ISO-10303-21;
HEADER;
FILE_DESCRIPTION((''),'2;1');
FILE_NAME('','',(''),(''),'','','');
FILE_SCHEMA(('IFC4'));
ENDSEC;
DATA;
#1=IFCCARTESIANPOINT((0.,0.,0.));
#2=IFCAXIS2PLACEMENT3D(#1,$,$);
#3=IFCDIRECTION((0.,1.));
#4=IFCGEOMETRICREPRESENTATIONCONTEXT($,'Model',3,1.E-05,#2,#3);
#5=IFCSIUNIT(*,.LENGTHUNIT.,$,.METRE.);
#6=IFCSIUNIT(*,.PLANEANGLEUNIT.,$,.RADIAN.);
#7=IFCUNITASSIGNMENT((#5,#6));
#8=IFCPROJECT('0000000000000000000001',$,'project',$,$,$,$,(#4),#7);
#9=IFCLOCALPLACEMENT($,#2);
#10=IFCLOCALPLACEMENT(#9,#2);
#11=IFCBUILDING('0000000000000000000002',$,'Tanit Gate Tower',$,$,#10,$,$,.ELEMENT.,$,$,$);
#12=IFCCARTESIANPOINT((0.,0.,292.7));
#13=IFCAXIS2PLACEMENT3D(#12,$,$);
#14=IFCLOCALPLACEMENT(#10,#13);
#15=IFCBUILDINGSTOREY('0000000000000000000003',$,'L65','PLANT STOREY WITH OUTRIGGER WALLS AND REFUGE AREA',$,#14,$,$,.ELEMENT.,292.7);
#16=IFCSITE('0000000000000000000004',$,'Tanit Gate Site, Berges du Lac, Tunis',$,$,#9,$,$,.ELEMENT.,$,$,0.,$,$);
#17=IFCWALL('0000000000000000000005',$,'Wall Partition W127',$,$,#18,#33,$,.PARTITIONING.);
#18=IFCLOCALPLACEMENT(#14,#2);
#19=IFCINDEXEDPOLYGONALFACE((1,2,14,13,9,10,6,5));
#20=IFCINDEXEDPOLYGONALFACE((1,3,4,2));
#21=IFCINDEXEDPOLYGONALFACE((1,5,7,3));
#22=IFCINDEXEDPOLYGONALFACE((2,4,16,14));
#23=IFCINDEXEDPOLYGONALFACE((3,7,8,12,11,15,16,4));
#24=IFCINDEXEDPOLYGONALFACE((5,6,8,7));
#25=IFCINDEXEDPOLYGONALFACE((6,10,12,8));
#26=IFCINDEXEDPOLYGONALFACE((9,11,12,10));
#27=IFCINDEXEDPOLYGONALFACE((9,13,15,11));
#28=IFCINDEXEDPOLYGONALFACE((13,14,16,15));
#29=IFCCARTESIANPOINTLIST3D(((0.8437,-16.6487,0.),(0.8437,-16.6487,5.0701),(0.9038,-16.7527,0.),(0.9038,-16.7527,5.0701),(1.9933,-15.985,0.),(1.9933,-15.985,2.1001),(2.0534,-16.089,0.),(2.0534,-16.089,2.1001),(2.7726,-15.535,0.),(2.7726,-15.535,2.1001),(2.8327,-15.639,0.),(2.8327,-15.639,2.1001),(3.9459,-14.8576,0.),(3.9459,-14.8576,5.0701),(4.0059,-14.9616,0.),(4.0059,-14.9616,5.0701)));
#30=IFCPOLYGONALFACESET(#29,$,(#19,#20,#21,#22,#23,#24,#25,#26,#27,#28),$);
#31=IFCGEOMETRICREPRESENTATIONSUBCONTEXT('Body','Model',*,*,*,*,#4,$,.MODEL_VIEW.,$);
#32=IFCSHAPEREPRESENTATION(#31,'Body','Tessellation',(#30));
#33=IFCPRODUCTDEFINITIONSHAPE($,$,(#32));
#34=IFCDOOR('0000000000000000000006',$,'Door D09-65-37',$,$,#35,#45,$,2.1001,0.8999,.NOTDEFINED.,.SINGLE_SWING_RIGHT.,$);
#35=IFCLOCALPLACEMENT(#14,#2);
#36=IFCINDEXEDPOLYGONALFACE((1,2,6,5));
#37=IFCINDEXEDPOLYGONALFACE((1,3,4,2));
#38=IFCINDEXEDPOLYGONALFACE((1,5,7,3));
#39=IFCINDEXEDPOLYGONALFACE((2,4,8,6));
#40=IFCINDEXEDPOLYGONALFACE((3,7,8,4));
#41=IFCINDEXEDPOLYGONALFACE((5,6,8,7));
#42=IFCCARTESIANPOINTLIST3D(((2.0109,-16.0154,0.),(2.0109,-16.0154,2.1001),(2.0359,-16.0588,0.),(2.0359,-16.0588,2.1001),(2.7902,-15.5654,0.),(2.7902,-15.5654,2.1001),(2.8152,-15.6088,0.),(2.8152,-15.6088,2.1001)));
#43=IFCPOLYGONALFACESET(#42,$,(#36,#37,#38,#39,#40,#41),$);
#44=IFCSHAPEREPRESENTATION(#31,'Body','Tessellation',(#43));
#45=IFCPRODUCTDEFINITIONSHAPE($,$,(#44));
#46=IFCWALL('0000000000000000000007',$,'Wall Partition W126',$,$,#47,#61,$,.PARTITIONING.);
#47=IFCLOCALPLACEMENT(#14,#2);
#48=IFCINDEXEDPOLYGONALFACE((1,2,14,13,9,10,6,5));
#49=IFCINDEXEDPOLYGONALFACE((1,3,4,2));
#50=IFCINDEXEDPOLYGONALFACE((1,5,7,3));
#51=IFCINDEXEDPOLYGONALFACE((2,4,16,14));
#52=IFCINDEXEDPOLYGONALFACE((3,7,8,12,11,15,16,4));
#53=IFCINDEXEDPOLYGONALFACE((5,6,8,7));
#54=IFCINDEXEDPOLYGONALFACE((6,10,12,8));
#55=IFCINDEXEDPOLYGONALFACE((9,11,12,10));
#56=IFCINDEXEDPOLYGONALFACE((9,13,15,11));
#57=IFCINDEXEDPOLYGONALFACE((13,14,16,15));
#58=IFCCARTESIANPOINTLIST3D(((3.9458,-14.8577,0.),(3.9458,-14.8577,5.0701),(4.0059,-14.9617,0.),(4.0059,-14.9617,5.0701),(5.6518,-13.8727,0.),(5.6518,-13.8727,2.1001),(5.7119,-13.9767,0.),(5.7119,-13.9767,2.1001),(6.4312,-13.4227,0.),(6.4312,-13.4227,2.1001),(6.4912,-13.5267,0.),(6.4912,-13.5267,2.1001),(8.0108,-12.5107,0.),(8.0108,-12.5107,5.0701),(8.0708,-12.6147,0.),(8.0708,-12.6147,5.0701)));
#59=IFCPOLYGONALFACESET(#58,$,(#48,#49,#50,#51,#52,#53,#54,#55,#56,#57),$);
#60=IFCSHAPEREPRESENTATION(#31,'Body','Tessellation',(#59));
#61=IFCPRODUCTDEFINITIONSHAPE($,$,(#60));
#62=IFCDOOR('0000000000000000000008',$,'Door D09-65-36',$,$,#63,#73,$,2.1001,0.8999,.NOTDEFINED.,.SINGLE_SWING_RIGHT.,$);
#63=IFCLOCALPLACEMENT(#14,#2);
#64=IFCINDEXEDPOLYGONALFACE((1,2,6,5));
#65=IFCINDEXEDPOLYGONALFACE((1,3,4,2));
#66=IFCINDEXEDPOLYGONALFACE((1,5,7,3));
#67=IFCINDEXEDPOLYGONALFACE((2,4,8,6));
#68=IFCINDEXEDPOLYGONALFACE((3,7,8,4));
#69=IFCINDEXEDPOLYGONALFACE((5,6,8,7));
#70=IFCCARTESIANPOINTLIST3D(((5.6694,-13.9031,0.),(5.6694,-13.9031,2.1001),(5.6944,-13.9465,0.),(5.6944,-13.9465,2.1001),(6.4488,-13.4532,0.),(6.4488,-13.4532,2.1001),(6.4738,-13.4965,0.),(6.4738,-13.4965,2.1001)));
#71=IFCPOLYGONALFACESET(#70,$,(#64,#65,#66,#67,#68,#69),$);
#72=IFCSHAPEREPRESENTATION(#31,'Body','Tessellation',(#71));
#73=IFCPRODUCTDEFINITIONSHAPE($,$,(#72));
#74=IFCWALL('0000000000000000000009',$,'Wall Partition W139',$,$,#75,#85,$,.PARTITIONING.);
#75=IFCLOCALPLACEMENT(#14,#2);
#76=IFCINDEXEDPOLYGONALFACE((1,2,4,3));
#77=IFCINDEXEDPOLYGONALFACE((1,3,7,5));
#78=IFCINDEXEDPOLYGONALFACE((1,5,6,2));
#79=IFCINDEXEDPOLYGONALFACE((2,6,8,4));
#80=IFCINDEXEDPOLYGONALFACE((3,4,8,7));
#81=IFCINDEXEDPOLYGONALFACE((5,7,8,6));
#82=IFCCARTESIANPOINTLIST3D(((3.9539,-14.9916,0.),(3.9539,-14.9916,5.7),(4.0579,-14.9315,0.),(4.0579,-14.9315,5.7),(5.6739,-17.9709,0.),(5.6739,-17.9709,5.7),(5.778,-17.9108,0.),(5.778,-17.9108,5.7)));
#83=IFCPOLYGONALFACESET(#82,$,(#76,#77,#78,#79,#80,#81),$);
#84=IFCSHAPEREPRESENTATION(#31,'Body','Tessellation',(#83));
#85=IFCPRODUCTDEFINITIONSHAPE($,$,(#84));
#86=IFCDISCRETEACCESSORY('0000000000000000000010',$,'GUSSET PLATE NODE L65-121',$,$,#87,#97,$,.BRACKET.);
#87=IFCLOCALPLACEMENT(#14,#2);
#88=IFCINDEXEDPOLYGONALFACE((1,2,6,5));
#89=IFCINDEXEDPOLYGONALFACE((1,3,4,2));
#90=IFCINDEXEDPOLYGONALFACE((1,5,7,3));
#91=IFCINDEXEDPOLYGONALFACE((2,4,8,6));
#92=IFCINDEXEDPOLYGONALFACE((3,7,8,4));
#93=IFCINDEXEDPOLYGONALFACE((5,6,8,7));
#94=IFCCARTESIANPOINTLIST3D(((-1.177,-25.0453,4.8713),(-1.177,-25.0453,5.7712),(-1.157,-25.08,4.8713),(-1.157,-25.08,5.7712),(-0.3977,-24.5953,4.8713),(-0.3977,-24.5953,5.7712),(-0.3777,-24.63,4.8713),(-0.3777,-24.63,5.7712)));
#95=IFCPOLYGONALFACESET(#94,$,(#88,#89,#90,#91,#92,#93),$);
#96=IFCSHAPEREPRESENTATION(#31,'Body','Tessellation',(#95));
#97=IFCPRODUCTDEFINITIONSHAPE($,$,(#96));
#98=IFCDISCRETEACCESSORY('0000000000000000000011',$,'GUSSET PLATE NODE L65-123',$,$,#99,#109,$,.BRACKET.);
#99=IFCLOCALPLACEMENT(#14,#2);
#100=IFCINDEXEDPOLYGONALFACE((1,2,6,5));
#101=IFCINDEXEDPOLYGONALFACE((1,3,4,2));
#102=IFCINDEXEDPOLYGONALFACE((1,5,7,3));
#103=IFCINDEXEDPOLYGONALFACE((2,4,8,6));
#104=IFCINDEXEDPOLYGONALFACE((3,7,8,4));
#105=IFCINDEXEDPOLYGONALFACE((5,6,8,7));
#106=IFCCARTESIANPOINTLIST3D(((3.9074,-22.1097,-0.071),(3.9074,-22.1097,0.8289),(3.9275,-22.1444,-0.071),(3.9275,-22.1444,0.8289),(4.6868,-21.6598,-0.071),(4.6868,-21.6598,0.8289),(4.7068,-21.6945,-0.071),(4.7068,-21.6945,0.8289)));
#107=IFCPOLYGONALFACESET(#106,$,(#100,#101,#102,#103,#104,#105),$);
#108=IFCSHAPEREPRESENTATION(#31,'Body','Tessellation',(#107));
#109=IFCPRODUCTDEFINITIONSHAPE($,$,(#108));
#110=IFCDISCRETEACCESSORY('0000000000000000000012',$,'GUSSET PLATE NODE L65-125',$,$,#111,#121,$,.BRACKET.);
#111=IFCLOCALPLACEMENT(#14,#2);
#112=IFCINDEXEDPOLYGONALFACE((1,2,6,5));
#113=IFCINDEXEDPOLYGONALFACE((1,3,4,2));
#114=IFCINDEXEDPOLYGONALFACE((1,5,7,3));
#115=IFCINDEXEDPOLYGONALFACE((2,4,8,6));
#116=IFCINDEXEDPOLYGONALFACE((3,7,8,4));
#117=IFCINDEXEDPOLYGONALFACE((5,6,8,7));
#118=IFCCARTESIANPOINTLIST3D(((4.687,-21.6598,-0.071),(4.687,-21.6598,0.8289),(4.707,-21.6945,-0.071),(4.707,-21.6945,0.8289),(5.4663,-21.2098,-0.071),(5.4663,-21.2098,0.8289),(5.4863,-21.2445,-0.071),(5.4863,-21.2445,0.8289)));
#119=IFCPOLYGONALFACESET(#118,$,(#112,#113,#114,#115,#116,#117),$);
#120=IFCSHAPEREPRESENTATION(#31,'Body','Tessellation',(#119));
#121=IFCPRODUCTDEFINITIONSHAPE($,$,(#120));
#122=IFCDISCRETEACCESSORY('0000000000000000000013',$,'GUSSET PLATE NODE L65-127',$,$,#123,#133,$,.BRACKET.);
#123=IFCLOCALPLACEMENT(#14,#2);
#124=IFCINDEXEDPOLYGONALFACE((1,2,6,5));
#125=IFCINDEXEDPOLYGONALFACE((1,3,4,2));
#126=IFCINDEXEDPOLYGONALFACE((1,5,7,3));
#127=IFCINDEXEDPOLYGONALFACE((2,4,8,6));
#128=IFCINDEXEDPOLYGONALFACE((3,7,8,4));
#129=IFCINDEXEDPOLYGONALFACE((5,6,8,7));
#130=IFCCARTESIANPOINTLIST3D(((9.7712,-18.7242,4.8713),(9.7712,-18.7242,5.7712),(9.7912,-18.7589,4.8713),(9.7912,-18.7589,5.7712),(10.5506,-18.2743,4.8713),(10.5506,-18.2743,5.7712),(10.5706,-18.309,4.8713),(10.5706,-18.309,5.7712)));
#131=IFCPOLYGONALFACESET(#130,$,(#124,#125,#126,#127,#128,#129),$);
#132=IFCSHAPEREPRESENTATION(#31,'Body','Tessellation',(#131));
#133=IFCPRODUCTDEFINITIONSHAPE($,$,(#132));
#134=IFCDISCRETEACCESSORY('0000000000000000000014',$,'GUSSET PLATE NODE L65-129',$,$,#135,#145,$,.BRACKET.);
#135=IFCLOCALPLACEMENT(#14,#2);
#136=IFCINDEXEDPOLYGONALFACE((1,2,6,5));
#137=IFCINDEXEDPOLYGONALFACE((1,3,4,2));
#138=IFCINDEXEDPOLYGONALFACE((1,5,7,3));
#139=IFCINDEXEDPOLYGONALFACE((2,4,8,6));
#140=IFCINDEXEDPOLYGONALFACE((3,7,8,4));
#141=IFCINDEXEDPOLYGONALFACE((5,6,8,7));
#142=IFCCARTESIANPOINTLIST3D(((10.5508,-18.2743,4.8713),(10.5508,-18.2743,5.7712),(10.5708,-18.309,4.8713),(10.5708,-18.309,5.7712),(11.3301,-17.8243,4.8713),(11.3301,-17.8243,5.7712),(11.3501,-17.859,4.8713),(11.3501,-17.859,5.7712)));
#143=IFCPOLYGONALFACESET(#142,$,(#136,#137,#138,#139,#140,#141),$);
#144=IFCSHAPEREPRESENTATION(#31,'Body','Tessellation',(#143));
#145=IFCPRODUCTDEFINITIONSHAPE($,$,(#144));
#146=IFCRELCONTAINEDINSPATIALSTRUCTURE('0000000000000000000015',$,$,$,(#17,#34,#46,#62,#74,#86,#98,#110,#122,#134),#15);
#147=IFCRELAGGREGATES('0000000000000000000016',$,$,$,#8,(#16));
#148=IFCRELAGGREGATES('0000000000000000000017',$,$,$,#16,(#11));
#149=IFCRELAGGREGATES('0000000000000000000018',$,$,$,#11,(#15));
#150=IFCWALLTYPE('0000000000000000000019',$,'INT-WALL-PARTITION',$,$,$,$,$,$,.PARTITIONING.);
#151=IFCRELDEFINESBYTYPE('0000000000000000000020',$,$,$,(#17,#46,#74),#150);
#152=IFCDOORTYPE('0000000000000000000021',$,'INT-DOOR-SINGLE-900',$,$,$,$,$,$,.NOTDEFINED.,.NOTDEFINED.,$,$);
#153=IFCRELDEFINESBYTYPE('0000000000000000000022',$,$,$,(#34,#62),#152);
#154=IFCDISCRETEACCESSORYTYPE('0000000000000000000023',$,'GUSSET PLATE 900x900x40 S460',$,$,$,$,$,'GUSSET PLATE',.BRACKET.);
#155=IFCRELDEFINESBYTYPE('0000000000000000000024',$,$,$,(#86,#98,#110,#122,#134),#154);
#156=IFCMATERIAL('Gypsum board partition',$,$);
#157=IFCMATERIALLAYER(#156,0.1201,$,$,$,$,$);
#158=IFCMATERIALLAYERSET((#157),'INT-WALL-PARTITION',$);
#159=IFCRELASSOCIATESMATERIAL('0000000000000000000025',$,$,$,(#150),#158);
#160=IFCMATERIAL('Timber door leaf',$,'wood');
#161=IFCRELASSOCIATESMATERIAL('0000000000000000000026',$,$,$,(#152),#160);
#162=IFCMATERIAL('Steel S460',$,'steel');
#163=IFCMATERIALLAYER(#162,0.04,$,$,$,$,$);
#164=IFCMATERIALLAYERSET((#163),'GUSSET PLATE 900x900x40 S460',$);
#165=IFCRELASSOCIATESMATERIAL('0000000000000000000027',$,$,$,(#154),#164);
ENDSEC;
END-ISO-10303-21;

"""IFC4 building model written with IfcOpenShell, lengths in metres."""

from ifc_helpers import new_model, si_unit, direction, frame, frame_2d, origin, origin_2d, place, context, subcontext, project, spatial, rectangle, extrude, material, layer, layer_set, type_object, element, fill, save


model = new_model("IFC4")

# Units and contexts
model_context = context("Model", 3, precision=1e-05, world=origin(), true_north=direction((0.0, 1.0)))
body_context = subcontext(model_context, "Body", "Model", "MODEL_VIEW")
ifc_project = project(units=[si_unit("LENGTHUNIT", "METRE"), si_unit("PLANEANGLEUNIT", "RADIAN")], contexts=[model_context])

# Site, building, storey
site_placement = place(None, origin())
site = spatial("IfcSite", under=ifc_project, at=site_placement, Name="Tanit Gate Site, Berges du Lac, Tunis", CompositionType="ELEMENT", RefElevation=0.0)
building_placement = place(site_placement, origin())
building = spatial("IfcBuilding", under=site, at=building_placement, Name="Tanit Gate Tower", CompositionType="ELEMENT")
storey_placement = place(building_placement, frame((0.0, 0.0, 292.7)))
storey = spatial("IfcBuildingStorey", under=building, at=storey_placement, Name="L65", Description="PLANT STOREY WITH OUTRIGGER WALLS AND REFUGE AREA", CompositionType="ELEMENT", Elevation=292.7)

# Walls, openings, doors
ifc_material_1 = material(Name="Gypsum board partition")
ifc_layer_1 = layer(ifc_material_1, 0.1201)
ifc_layer_set_1 = layer_set([ifc_layer_1], Name="INT-WALL-PARTITION")
wall_type_1 = type_object("IfcWallType", Name="INT-WALL-PARTITION", PredefinedType="PARTITIONING", material=ifc_layer_set_1)
wall_1_placement = place(storey_placement, frame((0.8738, -16.7007, 0.0), z_axis=(0.0, 0.0, 1.0), x_axis=(0.86602, 0.50001, 0.0)))
wall_1 = element("IfcWall", 1, at=wall_1_placement, inside=storey, type_object=wall_type_1, Name="Wall Partition W127", PredefinedType="PARTITIONING", context=body_context, shape_type="SweptSolid", body=[
    extrude(rectangle(XDim=3.582, YDim=0.1201, at=frame_2d((1.791, 0.0))), origin(), (0.0, 0.0, 1.0), 5.0701),
])
opening_1_placement = place(wall_1_placement, frame((1.3274, 0.0, 0.0)))
opening_1 = element("IfcOpeningElement", 2, at=opening_1_placement, cuts=wall_1, PredefinedType="OPENING", context=body_context, shape_type="SweptSolid", body=[
    extrude(rectangle(XDim=0.8999, YDim=2.1001, at=frame_2d((0.45, 1.05))), frame((0.0, 0.0701, 0.0), z_axis=(0.0, -1.0, 0.0), x_axis=(1.0, 0.0, 0.0)), (0.0, 0.0, 1.0), 0.1401),
])
ifc_material_2 = material(Name="Timber door leaf", Category="wood")
door_type = type_object("IfcDoorType", Name="INT-DOOR-SINGLE-900", OperationType="NOTDEFINED", PredefinedType="NOTDEFINED", material=ifc_material_2)
door_1_placement = place(opening_1_placement, origin())
door_1 = element("IfcDoor", 3, at=door_1_placement, inside=storey, type_object=door_type, Name="Door D09-65-37", OperationType="SINGLE_SWING_RIGHT", OverallHeight=2.1001, OverallWidth=0.8999, PredefinedType="NOTDEFINED", context=body_context, shape_type="SweptSolid", body=[
    extrude(rectangle(XDim=0.8999, YDim=2.1001, at=frame_2d((0.45, 1.05))), frame((0.0, 0.0249, 0.0), z_axis=(0.0, -1.0, 0.0), x_axis=(1.0, 0.0, 0.0)), (0.0, 0.0, 1.0), 0.05),
])
fill(opening_1, door_1)
wall_2_placement = place(storey_placement, frame((3.9758, -14.9097, 0.0), z_axis=(0.0, 0.0, 1.0), x_axis=(0.866023, 0.500005, 0.0)))
wall_2 = element("IfcWall", 4, at=wall_2_placement, inside=storey, type_object=wall_type_1, Name="Wall Partition W126", PredefinedType="PARTITIONING", context=body_context, shape_type="SweptSolid", body=[
    extrude(rectangle(XDim=4.6938, YDim=0.1201, at=frame_2d((2.3469, 0.0))), origin(), (0.0, 0.0, 1.0), 5.0701),
])
opening_2_placement = place(wall_2_placement, frame((1.97, 0.0, 0.0)))
opening_2 = element("IfcOpeningElement", 5, at=opening_2_placement, cuts=wall_2, PredefinedType="OPENING", context=body_context, shape_type="SweptSolid", body=[
    extrude(rectangle(XDim=0.8999, YDim=2.1001, at=frame_2d((0.45, 1.05))), frame((0.0, 0.0701, 0.0), z_axis=(0.0, -1.0, 0.0), x_axis=(1.0, 0.0, 0.0)), (0.0, 0.0, 1.0), 0.1401),
])
door_2_placement = place(opening_2_placement, origin())
door_2 = element("IfcDoor", 6, at=door_2_placement, inside=storey, type_object=door_type, Name="Door D09-65-36", OperationType="SINGLE_SWING_RIGHT", OverallHeight=2.1001, OverallWidth=0.8999, PredefinedType="NOTDEFINED", context=body_context, shape_type="SweptSolid", body=[
    extrude(rectangle(XDim=0.8999, YDim=2.1001, at=frame_2d((0.45, 1.05))), frame((0.0, 0.0249, 0.0), z_axis=(0.0, -1.0, 0.0), x_axis=(1.0, 0.0, 0.0)), (0.0, 0.0, 1.0), 0.05),
])
fill(opening_2, door_2)

# Wall
wall_3_placement = place(storey_placement, frame((4.0059, -14.9614, 0.0), z_axis=(0.0, 0.0, 1.0), x_axis=(0.499978, -0.866038, 0.0)))
element("IfcWall", 7, at=wall_3_placement, inside=storey, type_object=wall_type_1, Name="Wall Partition W139", PredefinedType="PARTITIONING", context=body_context, shape_type="SweptSolid", body=[
    extrude(rectangle(XDim=3.4402, YDim=0.1201, at=frame_2d((1.7202, 0.0))), origin(), (0.0, 0.0, 1.0), 5.7),
])

# Discrete accessories
ifc_material_3 = material(Name="Steel S460", Category="steel")
ifc_layer_2 = layer(ifc_material_3, 0.04)
ifc_layer_set_2 = layer_set([ifc_layer_2], Name="GUSSET PLATE 900x900x40 S460")
discrete_accessory_type = type_object("IfcDiscreteAccessoryType", Name="GUSSET PLATE 900x900x40 S460", ElementType="GUSSET PLATE", PredefinedType="BRACKET", material=ifc_layer_set_2)
for number, where, z_axis, x_axis, name in (
    (8, (-0.7773, -24.8376, 4.8713), (0.0, 0.0, 1.0), (0.866025, 0.5, 0.0), "GUSSET PLATE NODE L65-121"),
    (9, (4.3071, -21.9021, -0.071), (0.0, 0.0, 1.0), (-0.866025, -0.5, 0.0), "GUSSET PLATE NODE L65-123"),
    (10, (5.0867, -21.4521, -0.071), (0.0, 0.0, 1.0), (0.866025, 0.5, 0.0), "GUSSET PLATE NODE L65-125"),
    (11, (10.1709, -18.5166, 4.8713), (0.0, 0.0, 1.0), (-0.866025, -0.5, 0.0), "GUSSET PLATE NODE L65-127"),
    (12, (10.9504, -18.0667, 4.8713), (0.0, 0.0, 1.0), (0.866025, 0.5, 0.0), "GUSSET PLATE NODE L65-129"),
):
    element("IfcDiscreteAccessory", number, at=place(storey_placement, frame(where, z_axis=z_axis, x_axis=x_axis)), inside=storey, type_object=discrete_accessory_type, Name=name, PredefinedType="BRACKET", context=body_context, shape_type="SweptSolid", body=[
        extrude(rectangle(XDim=0.8999, YDim=0.04, at=origin_2d()), origin(), (0.0, 0.0, 1.0), 0.8999),
    ])

save(model, "model.ifc")
